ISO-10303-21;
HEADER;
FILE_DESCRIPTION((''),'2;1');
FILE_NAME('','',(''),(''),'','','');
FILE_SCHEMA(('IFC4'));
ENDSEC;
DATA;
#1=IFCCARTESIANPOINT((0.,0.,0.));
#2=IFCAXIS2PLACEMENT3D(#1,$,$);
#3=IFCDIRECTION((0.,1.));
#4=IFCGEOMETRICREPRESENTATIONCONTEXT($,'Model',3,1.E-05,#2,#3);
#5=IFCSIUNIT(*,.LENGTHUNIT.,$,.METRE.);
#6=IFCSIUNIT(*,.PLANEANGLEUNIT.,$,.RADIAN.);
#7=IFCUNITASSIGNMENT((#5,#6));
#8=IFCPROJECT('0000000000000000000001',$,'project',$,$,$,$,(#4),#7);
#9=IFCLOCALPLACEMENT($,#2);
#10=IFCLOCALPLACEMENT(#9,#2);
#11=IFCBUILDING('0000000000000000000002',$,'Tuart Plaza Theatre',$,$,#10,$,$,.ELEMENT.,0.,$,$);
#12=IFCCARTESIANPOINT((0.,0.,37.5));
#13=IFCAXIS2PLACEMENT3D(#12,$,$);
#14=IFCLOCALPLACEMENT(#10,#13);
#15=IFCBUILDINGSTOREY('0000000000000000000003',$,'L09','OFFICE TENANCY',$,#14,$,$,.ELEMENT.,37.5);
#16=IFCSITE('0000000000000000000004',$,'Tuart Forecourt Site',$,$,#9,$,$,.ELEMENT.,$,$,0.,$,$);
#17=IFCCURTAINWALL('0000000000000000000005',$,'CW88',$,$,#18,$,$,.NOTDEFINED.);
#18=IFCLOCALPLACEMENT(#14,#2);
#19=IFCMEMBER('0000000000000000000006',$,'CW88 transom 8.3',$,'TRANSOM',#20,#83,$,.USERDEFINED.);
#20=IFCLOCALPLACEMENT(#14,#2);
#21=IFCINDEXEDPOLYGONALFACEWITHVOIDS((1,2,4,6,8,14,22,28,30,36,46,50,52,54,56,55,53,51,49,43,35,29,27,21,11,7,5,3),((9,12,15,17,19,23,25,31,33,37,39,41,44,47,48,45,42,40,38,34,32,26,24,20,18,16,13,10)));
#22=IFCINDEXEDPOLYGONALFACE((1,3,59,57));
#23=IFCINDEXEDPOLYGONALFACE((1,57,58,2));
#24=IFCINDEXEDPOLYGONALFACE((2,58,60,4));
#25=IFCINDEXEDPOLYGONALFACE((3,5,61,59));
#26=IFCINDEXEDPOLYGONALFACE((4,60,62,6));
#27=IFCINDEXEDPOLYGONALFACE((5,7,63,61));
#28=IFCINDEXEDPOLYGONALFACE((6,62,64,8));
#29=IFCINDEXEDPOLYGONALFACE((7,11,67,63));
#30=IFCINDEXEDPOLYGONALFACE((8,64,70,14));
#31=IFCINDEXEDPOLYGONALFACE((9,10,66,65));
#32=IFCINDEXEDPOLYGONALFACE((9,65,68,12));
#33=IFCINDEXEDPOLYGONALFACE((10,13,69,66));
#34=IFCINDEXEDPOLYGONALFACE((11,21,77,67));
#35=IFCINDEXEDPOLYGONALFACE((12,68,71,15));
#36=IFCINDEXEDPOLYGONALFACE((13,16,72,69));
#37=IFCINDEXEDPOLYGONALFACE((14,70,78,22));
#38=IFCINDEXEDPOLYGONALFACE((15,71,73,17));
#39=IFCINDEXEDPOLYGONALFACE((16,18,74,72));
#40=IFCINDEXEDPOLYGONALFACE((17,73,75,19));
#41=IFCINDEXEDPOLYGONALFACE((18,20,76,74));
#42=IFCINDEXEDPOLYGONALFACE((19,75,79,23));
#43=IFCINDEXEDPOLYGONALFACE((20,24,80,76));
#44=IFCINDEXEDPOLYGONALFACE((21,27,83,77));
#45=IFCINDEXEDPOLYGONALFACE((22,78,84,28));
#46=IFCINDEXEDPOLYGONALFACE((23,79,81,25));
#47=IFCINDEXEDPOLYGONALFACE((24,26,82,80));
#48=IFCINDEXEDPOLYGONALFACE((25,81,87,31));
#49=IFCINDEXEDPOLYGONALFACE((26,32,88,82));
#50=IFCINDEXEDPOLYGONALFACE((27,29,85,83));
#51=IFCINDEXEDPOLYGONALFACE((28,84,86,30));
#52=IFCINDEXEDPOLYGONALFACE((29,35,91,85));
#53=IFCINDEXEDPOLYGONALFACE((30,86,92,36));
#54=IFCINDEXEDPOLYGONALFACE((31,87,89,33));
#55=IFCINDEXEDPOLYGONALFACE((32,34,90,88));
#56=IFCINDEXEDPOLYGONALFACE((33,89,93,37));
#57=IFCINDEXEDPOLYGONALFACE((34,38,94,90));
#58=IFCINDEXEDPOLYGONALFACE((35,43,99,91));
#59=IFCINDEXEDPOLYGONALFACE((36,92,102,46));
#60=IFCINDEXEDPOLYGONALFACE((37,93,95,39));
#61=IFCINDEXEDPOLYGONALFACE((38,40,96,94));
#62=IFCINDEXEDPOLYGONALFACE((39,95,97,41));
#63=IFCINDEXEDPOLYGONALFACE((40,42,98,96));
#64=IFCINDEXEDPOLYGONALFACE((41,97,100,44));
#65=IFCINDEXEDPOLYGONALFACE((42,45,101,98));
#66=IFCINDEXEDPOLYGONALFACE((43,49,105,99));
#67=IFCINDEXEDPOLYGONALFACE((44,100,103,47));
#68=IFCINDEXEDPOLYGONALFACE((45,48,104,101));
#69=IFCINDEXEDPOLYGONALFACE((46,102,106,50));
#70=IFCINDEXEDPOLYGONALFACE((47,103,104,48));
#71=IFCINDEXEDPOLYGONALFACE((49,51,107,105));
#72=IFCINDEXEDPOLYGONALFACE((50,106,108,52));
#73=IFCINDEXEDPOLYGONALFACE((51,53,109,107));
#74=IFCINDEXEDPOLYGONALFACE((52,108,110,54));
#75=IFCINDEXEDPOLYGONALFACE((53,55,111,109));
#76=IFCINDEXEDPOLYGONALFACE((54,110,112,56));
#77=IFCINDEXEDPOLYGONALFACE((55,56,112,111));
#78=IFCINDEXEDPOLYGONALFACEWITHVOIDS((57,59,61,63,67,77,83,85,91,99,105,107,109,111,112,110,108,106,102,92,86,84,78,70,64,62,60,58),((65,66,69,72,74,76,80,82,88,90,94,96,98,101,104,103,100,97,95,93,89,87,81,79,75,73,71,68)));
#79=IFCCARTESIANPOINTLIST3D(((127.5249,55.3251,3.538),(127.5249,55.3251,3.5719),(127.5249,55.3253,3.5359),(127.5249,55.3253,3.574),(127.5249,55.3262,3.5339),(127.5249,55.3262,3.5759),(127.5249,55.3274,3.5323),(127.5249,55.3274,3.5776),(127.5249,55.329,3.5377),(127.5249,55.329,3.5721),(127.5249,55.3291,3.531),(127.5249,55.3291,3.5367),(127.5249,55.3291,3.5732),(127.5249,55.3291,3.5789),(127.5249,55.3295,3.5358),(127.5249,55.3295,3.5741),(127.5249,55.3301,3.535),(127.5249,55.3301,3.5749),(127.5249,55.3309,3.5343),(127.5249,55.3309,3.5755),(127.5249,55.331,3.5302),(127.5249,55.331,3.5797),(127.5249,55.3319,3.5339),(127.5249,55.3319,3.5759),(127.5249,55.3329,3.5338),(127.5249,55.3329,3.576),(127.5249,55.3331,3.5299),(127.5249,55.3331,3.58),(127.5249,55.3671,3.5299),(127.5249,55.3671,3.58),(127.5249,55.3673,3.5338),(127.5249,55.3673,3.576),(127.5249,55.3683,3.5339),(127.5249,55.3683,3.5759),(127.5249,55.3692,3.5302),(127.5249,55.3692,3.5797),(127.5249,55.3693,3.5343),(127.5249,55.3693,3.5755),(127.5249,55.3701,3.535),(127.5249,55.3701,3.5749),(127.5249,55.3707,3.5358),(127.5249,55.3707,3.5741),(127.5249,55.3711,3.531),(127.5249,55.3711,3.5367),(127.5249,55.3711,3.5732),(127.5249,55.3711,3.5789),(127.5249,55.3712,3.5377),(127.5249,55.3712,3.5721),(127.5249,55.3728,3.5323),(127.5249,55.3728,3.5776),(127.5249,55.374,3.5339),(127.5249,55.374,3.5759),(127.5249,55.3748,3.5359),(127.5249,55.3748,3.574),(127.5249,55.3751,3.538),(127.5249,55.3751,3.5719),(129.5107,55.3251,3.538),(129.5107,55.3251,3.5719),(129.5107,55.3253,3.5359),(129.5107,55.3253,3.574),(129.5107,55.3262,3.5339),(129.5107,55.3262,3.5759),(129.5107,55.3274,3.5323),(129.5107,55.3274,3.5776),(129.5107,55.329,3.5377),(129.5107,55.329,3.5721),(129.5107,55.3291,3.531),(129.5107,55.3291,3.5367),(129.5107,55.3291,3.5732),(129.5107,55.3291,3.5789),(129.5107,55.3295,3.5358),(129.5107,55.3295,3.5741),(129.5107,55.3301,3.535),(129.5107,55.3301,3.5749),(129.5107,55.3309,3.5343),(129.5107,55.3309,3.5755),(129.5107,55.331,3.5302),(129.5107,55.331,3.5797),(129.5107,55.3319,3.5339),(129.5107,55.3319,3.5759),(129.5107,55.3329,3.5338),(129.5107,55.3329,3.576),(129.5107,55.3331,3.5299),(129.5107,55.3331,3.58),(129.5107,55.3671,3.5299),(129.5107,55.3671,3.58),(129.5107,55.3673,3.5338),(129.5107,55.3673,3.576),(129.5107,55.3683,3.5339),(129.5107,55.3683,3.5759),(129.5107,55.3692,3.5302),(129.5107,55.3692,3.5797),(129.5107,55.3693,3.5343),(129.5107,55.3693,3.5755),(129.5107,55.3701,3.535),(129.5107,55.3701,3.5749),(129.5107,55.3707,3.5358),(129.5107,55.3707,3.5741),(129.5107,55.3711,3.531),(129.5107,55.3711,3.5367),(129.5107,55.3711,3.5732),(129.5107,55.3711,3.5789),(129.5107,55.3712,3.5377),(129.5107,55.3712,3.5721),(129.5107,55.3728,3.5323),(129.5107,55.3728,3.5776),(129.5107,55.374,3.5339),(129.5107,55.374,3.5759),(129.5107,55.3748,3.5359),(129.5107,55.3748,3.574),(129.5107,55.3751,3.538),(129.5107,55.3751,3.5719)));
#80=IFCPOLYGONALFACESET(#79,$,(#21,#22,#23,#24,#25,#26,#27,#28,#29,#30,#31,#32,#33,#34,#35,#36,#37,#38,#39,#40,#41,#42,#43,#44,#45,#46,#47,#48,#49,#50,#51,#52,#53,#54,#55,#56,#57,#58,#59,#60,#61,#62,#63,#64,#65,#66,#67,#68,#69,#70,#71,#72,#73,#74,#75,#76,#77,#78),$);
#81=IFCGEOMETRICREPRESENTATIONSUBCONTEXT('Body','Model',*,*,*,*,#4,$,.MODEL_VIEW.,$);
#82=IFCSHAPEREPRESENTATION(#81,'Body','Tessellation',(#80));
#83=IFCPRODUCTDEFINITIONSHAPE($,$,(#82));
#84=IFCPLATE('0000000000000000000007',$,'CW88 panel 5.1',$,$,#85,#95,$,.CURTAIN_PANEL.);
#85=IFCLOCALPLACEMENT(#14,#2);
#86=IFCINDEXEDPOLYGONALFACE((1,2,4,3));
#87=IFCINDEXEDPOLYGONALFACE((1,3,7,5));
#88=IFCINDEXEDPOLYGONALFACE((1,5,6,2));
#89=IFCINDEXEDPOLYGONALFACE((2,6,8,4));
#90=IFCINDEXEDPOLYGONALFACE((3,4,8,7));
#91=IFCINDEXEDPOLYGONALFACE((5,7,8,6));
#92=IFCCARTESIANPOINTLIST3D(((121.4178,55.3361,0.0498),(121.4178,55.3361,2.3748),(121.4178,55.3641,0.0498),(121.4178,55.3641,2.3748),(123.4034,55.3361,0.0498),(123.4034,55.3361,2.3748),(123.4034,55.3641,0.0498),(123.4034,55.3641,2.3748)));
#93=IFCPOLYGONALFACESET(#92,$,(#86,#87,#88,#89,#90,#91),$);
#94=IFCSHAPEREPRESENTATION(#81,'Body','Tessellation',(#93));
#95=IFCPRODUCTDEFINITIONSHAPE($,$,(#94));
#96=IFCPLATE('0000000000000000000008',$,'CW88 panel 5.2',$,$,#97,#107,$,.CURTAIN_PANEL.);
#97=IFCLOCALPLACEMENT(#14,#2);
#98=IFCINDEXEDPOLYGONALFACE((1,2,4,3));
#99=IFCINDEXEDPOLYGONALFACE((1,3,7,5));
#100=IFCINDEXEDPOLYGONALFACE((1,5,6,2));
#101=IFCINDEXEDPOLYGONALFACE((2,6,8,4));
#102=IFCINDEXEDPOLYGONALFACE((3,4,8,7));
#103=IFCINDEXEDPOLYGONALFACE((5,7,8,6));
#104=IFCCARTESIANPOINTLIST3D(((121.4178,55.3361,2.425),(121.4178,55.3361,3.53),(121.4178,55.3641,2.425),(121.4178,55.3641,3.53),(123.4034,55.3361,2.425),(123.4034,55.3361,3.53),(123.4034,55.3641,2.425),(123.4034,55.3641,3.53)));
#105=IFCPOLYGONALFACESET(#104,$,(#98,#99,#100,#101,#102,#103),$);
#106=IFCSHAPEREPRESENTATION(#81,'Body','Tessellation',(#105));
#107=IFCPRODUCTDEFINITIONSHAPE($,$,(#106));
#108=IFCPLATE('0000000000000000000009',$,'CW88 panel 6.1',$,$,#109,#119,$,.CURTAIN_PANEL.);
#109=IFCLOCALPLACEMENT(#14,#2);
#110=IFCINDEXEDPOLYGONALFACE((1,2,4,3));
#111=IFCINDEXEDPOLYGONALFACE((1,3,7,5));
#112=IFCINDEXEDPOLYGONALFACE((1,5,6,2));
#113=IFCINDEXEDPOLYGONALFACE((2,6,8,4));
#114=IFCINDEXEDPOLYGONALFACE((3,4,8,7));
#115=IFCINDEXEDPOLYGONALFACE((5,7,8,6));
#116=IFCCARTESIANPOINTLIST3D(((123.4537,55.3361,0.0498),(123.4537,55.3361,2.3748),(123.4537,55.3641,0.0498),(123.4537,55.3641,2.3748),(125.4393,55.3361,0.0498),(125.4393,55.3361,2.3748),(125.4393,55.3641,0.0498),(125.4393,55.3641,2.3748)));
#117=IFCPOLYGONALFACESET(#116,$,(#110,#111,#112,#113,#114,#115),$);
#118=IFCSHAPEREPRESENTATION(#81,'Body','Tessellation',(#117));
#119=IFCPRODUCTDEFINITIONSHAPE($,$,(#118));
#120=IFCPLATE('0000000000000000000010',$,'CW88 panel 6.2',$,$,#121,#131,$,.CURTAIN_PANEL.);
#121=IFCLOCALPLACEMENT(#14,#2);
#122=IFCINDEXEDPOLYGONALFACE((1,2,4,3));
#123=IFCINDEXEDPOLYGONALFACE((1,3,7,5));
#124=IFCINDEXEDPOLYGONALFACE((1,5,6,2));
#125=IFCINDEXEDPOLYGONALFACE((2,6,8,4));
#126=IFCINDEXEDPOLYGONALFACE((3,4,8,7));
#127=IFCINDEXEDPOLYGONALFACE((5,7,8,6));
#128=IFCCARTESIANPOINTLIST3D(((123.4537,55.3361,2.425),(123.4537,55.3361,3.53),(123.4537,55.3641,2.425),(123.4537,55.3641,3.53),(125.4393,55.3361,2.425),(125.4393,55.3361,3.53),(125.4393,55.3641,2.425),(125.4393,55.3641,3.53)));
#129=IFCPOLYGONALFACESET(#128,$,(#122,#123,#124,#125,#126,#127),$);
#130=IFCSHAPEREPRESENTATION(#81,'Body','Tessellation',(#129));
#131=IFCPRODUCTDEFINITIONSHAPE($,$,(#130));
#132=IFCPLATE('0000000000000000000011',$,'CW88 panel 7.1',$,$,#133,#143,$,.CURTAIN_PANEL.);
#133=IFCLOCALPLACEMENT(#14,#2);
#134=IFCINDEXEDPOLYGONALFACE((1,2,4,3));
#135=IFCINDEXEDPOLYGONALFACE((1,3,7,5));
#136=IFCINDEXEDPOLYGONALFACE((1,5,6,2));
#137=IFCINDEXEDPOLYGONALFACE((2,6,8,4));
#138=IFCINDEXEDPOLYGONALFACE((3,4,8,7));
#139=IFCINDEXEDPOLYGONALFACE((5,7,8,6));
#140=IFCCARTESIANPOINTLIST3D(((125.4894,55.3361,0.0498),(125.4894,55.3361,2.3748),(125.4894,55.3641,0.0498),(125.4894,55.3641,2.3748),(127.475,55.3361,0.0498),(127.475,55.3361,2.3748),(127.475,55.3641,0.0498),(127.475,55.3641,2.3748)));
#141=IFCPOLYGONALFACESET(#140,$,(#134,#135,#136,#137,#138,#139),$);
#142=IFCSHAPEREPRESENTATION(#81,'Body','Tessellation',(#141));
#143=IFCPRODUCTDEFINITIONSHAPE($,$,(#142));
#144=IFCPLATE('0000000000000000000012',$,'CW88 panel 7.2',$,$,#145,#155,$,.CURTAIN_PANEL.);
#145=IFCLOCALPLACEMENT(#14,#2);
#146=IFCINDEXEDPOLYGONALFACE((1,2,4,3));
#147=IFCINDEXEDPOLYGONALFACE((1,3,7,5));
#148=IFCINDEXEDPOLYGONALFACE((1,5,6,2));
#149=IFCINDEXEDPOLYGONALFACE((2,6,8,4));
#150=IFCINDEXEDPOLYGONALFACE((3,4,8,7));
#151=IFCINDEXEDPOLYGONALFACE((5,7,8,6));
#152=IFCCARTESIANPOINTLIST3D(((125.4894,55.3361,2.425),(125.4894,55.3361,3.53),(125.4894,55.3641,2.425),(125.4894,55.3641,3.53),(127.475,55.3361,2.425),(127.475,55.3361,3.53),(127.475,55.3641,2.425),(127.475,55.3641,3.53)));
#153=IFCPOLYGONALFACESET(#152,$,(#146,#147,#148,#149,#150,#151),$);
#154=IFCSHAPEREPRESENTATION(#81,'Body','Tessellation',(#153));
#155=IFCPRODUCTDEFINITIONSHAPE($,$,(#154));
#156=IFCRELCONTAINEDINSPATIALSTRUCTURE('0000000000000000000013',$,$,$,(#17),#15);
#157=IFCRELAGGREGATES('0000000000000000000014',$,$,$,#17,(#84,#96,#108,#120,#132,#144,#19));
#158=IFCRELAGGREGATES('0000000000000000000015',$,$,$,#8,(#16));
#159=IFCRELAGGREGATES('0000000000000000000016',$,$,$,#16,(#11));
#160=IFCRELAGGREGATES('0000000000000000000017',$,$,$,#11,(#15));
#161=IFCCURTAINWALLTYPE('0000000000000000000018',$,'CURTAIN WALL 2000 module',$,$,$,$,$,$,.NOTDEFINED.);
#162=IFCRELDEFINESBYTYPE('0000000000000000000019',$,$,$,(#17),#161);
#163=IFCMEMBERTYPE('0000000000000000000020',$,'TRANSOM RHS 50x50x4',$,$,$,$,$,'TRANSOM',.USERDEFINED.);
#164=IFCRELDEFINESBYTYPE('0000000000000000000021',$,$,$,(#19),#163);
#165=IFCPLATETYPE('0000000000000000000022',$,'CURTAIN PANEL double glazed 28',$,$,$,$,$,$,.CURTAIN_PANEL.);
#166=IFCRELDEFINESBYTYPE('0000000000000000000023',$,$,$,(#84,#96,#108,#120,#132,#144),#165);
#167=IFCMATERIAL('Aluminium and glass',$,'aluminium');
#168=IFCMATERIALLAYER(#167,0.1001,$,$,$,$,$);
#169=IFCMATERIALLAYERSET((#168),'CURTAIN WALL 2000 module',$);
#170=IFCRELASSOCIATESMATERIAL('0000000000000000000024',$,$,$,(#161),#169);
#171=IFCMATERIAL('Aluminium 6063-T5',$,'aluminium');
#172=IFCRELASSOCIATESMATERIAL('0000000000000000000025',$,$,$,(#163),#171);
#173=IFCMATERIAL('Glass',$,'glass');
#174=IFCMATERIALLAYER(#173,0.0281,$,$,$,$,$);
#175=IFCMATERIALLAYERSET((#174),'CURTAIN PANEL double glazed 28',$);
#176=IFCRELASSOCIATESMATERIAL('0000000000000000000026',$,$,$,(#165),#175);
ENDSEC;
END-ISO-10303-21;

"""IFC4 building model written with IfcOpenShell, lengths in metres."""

from ifc_helpers import new_model, si_unit, direction, frame, origin, origin_2d, place, context, subcontext, project, spatial, rectangle, hollow_rectangle, extrude, material, layer, layer_set, material_profile, profile_set, type_object, element, aggregate, save


model = new_model("IFC4")

# Units and contexts
model_context = context("Model", 3, precision=1e-05, world=origin(), true_north=direction((0.0, 1.0)))
body_context = subcontext(model_context, "Body", "Model", "MODEL_VIEW")
ifc_project = project(units=[si_unit("LENGTHUNIT", "METRE"), si_unit("PLANEANGLEUNIT", "RADIAN")], contexts=[model_context])

# Site, building, storey
site_placement = place(None, origin())
site = spatial("IfcSite", under=ifc_project, at=site_placement, Name="Tuart Forecourt Site", CompositionType="ELEMENT", RefElevation=0.0)
building_placement = place(site_placement, origin())
building = spatial("IfcBuilding", under=site, at=building_placement, Name="Tuart Plaza Theatre", CompositionType="ELEMENT", ElevationOfRefHeight=0.0)
storey_placement = place(building_placement, frame((0.0, 0.0, 37.5)))
storey = spatial("IfcBuildingStorey", under=building, at=storey_placement, Name="L09", Description="OFFICE TENANCY", CompositionType="ELEMENT", Elevation=37.5)

# Curtain wall, member, plates
ifc_material_1 = material(Name="Aluminium and glass", Category="aluminium")
ifc_layer_1 = layer(ifc_material_1, 0.1001)
ifc_layer_set_1 = layer_set([ifc_layer_1], Name="CURTAIN WALL 2000 module")
curtain_wall_type = type_object("IfcCurtainWallType", Name="CURTAIN WALL 2000 module", PredefinedType="NOTDEFINED", material=ifc_layer_set_1)
curtain_wall_placement = place(storey_placement, origin())
curtain_wall = element("IfcCurtainWall", 1, at=curtain_wall_placement, inside=storey, type_object=curtain_wall_type, Name="CW88", PredefinedType="NOTDEFINED")
ifc_material_2 = material(Name="Aluminium 6063-T5", Category="aluminium")
ifc_material_profile_1 = material_profile(ifc_material_2, hollow_rectangle(XDim=0.05, YDim=0.05, WallThickness=0.0039, InnerFilletRadius=0.0039, OuterFilletRadius=0.0081, at=origin_2d()), Name="RHS 50x50x4")
ifc_profile_set_1 = profile_set([ifc_material_profile_1], Name="Aluminium 6063-T5")
member_type_1 = type_object("IfcMemberType", Name="TRANSOM RHS 50x50x4", ElementType="TRANSOM", PredefinedType="USERDEFINED", material=ifc_profile_set_1)
member_1_placement = place(storey_placement, frame((127.5249, 55.3501, 3.5549), z_axis=(1.0, 0.0, 0.0), x_axis=(0.0, 1.0, 0.0)))
member_1 = element("IfcMember", 2, at=member_1_placement, type_object=member_type_1, Name="CW88 transom 8.3", ObjectType="TRANSOM", PredefinedType="USERDEFINED", context=body_context, shape_type="SweptSolid", body=[
    extrude(hollow_rectangle(XDim=0.05, YDim=0.05, WallThickness=0.0039, InnerFilletRadius=0.0039, OuterFilletRadius=0.0081, at=origin_2d()), origin(), (0.0, 0.0, 1.0), 1.9858),
])
ifc_material_3 = material(Name="Glass", Category="glass")
ifc_layer_2 = layer(ifc_material_3, 0.0281)
ifc_layer_set_2 = layer_set([ifc_layer_2], Name="CURTAIN PANEL double glazed 28")
plate_type = type_object("IfcPlateType", Name="CURTAIN PANEL double glazed 28", PredefinedType="CURTAIN_PANEL", material=ifc_layer_set_2)
plate_1_placement = place(storey_placement, frame((122.4106, 55.3501, 0.0498), z_axis=(0.0, 0.0, 1.0), x_axis=(1.0, 0.0, 0.0)))
plate_1 = element("IfcPlate", 3, at=plate_1_placement, type_object=plate_type, Name="CW88 panel 5.1", PredefinedType="CURTAIN_PANEL", context=body_context, shape_type="SweptSolid", body=[
    extrude(rectangle(XDim=1.9856, YDim=0.0281, at=origin_2d()), origin(), (0.0, 0.0, 1.0), 2.325),
])
plate_2_placement = place(storey_placement, frame((122.4106, 55.3501, 2.425), z_axis=(0.0, 0.0, 1.0), x_axis=(1.0, 0.0, 0.0)))
plate_2 = element("IfcPlate", 4, at=plate_2_placement, type_object=plate_type, Name="CW88 panel 5.2", PredefinedType="CURTAIN_PANEL", context=body_context, shape_type="SweptSolid", body=[
    extrude(rectangle(XDim=1.9856, YDim=0.0281, at=origin_2d()), origin(), (0.0, 0.0, 1.0), 1.105),
])
plate_3_placement = place(storey_placement, frame((124.4465, 55.3501, 0.0498), z_axis=(0.0, 0.0, 1.0), x_axis=(1.0, 0.0, 0.0)))
plate_3 = element("IfcPlate", 5, at=plate_3_placement, type_object=plate_type, Name="CW88 panel 6.1", PredefinedType="CURTAIN_PANEL", context=body_context, shape_type="SweptSolid", body=[
    extrude(rectangle(XDim=1.9856, YDim=0.0281, at=origin_2d()), origin(), (0.0, 0.0, 1.0), 2.325),
])
plate_4_placement = place(storey_placement, frame((124.4465, 55.3501, 2.425), z_axis=(0.0, 0.0, 1.0), x_axis=(1.0, 0.0, 0.0)))
plate_4 = element("IfcPlate", 6, at=plate_4_placement, type_object=plate_type, Name="CW88 panel 6.2", PredefinedType="CURTAIN_PANEL", context=body_context, shape_type="SweptSolid", body=[
    extrude(rectangle(XDim=1.9856, YDim=0.0281, at=origin_2d()), origin(), (0.0, 0.0, 1.0), 1.105),
])
plate_5_placement = place(storey_placement, frame((126.4822, 55.3501, 0.0498), z_axis=(0.0, 0.0, 1.0), x_axis=(1.0, 0.0, 0.0)))
plate_5 = element("IfcPlate", 7, at=plate_5_placement, type_object=plate_type, Name="CW88 panel 7.1", PredefinedType="CURTAIN_PANEL", context=body_context, shape_type="SweptSolid", body=[
    extrude(rectangle(XDim=1.9856, YDim=0.0281, at=origin_2d()), origin(), (0.0, 0.0, 1.0), 2.325),
])
plate_6_placement = place(storey_placement, frame((126.4822, 55.3501, 2.425), z_axis=(0.0, 0.0, 1.0), x_axis=(1.0, 0.0, 0.0)))
plate_6 = element("IfcPlate", 8, at=plate_6_placement, type_object=plate_type, Name="CW88 panel 7.2", PredefinedType="CURTAIN_PANEL", context=body_context, shape_type="SweptSolid", body=[
    extrude(rectangle(XDim=1.9856, YDim=0.0281, at=origin_2d()), origin(), (0.0, 0.0, 1.0), 1.105),
])
aggregate(curtain_wall, [plate_1, plate_2, plate_3, plate_4, plate_5, plate_6, member_1])

save(model, "model.ifc")
